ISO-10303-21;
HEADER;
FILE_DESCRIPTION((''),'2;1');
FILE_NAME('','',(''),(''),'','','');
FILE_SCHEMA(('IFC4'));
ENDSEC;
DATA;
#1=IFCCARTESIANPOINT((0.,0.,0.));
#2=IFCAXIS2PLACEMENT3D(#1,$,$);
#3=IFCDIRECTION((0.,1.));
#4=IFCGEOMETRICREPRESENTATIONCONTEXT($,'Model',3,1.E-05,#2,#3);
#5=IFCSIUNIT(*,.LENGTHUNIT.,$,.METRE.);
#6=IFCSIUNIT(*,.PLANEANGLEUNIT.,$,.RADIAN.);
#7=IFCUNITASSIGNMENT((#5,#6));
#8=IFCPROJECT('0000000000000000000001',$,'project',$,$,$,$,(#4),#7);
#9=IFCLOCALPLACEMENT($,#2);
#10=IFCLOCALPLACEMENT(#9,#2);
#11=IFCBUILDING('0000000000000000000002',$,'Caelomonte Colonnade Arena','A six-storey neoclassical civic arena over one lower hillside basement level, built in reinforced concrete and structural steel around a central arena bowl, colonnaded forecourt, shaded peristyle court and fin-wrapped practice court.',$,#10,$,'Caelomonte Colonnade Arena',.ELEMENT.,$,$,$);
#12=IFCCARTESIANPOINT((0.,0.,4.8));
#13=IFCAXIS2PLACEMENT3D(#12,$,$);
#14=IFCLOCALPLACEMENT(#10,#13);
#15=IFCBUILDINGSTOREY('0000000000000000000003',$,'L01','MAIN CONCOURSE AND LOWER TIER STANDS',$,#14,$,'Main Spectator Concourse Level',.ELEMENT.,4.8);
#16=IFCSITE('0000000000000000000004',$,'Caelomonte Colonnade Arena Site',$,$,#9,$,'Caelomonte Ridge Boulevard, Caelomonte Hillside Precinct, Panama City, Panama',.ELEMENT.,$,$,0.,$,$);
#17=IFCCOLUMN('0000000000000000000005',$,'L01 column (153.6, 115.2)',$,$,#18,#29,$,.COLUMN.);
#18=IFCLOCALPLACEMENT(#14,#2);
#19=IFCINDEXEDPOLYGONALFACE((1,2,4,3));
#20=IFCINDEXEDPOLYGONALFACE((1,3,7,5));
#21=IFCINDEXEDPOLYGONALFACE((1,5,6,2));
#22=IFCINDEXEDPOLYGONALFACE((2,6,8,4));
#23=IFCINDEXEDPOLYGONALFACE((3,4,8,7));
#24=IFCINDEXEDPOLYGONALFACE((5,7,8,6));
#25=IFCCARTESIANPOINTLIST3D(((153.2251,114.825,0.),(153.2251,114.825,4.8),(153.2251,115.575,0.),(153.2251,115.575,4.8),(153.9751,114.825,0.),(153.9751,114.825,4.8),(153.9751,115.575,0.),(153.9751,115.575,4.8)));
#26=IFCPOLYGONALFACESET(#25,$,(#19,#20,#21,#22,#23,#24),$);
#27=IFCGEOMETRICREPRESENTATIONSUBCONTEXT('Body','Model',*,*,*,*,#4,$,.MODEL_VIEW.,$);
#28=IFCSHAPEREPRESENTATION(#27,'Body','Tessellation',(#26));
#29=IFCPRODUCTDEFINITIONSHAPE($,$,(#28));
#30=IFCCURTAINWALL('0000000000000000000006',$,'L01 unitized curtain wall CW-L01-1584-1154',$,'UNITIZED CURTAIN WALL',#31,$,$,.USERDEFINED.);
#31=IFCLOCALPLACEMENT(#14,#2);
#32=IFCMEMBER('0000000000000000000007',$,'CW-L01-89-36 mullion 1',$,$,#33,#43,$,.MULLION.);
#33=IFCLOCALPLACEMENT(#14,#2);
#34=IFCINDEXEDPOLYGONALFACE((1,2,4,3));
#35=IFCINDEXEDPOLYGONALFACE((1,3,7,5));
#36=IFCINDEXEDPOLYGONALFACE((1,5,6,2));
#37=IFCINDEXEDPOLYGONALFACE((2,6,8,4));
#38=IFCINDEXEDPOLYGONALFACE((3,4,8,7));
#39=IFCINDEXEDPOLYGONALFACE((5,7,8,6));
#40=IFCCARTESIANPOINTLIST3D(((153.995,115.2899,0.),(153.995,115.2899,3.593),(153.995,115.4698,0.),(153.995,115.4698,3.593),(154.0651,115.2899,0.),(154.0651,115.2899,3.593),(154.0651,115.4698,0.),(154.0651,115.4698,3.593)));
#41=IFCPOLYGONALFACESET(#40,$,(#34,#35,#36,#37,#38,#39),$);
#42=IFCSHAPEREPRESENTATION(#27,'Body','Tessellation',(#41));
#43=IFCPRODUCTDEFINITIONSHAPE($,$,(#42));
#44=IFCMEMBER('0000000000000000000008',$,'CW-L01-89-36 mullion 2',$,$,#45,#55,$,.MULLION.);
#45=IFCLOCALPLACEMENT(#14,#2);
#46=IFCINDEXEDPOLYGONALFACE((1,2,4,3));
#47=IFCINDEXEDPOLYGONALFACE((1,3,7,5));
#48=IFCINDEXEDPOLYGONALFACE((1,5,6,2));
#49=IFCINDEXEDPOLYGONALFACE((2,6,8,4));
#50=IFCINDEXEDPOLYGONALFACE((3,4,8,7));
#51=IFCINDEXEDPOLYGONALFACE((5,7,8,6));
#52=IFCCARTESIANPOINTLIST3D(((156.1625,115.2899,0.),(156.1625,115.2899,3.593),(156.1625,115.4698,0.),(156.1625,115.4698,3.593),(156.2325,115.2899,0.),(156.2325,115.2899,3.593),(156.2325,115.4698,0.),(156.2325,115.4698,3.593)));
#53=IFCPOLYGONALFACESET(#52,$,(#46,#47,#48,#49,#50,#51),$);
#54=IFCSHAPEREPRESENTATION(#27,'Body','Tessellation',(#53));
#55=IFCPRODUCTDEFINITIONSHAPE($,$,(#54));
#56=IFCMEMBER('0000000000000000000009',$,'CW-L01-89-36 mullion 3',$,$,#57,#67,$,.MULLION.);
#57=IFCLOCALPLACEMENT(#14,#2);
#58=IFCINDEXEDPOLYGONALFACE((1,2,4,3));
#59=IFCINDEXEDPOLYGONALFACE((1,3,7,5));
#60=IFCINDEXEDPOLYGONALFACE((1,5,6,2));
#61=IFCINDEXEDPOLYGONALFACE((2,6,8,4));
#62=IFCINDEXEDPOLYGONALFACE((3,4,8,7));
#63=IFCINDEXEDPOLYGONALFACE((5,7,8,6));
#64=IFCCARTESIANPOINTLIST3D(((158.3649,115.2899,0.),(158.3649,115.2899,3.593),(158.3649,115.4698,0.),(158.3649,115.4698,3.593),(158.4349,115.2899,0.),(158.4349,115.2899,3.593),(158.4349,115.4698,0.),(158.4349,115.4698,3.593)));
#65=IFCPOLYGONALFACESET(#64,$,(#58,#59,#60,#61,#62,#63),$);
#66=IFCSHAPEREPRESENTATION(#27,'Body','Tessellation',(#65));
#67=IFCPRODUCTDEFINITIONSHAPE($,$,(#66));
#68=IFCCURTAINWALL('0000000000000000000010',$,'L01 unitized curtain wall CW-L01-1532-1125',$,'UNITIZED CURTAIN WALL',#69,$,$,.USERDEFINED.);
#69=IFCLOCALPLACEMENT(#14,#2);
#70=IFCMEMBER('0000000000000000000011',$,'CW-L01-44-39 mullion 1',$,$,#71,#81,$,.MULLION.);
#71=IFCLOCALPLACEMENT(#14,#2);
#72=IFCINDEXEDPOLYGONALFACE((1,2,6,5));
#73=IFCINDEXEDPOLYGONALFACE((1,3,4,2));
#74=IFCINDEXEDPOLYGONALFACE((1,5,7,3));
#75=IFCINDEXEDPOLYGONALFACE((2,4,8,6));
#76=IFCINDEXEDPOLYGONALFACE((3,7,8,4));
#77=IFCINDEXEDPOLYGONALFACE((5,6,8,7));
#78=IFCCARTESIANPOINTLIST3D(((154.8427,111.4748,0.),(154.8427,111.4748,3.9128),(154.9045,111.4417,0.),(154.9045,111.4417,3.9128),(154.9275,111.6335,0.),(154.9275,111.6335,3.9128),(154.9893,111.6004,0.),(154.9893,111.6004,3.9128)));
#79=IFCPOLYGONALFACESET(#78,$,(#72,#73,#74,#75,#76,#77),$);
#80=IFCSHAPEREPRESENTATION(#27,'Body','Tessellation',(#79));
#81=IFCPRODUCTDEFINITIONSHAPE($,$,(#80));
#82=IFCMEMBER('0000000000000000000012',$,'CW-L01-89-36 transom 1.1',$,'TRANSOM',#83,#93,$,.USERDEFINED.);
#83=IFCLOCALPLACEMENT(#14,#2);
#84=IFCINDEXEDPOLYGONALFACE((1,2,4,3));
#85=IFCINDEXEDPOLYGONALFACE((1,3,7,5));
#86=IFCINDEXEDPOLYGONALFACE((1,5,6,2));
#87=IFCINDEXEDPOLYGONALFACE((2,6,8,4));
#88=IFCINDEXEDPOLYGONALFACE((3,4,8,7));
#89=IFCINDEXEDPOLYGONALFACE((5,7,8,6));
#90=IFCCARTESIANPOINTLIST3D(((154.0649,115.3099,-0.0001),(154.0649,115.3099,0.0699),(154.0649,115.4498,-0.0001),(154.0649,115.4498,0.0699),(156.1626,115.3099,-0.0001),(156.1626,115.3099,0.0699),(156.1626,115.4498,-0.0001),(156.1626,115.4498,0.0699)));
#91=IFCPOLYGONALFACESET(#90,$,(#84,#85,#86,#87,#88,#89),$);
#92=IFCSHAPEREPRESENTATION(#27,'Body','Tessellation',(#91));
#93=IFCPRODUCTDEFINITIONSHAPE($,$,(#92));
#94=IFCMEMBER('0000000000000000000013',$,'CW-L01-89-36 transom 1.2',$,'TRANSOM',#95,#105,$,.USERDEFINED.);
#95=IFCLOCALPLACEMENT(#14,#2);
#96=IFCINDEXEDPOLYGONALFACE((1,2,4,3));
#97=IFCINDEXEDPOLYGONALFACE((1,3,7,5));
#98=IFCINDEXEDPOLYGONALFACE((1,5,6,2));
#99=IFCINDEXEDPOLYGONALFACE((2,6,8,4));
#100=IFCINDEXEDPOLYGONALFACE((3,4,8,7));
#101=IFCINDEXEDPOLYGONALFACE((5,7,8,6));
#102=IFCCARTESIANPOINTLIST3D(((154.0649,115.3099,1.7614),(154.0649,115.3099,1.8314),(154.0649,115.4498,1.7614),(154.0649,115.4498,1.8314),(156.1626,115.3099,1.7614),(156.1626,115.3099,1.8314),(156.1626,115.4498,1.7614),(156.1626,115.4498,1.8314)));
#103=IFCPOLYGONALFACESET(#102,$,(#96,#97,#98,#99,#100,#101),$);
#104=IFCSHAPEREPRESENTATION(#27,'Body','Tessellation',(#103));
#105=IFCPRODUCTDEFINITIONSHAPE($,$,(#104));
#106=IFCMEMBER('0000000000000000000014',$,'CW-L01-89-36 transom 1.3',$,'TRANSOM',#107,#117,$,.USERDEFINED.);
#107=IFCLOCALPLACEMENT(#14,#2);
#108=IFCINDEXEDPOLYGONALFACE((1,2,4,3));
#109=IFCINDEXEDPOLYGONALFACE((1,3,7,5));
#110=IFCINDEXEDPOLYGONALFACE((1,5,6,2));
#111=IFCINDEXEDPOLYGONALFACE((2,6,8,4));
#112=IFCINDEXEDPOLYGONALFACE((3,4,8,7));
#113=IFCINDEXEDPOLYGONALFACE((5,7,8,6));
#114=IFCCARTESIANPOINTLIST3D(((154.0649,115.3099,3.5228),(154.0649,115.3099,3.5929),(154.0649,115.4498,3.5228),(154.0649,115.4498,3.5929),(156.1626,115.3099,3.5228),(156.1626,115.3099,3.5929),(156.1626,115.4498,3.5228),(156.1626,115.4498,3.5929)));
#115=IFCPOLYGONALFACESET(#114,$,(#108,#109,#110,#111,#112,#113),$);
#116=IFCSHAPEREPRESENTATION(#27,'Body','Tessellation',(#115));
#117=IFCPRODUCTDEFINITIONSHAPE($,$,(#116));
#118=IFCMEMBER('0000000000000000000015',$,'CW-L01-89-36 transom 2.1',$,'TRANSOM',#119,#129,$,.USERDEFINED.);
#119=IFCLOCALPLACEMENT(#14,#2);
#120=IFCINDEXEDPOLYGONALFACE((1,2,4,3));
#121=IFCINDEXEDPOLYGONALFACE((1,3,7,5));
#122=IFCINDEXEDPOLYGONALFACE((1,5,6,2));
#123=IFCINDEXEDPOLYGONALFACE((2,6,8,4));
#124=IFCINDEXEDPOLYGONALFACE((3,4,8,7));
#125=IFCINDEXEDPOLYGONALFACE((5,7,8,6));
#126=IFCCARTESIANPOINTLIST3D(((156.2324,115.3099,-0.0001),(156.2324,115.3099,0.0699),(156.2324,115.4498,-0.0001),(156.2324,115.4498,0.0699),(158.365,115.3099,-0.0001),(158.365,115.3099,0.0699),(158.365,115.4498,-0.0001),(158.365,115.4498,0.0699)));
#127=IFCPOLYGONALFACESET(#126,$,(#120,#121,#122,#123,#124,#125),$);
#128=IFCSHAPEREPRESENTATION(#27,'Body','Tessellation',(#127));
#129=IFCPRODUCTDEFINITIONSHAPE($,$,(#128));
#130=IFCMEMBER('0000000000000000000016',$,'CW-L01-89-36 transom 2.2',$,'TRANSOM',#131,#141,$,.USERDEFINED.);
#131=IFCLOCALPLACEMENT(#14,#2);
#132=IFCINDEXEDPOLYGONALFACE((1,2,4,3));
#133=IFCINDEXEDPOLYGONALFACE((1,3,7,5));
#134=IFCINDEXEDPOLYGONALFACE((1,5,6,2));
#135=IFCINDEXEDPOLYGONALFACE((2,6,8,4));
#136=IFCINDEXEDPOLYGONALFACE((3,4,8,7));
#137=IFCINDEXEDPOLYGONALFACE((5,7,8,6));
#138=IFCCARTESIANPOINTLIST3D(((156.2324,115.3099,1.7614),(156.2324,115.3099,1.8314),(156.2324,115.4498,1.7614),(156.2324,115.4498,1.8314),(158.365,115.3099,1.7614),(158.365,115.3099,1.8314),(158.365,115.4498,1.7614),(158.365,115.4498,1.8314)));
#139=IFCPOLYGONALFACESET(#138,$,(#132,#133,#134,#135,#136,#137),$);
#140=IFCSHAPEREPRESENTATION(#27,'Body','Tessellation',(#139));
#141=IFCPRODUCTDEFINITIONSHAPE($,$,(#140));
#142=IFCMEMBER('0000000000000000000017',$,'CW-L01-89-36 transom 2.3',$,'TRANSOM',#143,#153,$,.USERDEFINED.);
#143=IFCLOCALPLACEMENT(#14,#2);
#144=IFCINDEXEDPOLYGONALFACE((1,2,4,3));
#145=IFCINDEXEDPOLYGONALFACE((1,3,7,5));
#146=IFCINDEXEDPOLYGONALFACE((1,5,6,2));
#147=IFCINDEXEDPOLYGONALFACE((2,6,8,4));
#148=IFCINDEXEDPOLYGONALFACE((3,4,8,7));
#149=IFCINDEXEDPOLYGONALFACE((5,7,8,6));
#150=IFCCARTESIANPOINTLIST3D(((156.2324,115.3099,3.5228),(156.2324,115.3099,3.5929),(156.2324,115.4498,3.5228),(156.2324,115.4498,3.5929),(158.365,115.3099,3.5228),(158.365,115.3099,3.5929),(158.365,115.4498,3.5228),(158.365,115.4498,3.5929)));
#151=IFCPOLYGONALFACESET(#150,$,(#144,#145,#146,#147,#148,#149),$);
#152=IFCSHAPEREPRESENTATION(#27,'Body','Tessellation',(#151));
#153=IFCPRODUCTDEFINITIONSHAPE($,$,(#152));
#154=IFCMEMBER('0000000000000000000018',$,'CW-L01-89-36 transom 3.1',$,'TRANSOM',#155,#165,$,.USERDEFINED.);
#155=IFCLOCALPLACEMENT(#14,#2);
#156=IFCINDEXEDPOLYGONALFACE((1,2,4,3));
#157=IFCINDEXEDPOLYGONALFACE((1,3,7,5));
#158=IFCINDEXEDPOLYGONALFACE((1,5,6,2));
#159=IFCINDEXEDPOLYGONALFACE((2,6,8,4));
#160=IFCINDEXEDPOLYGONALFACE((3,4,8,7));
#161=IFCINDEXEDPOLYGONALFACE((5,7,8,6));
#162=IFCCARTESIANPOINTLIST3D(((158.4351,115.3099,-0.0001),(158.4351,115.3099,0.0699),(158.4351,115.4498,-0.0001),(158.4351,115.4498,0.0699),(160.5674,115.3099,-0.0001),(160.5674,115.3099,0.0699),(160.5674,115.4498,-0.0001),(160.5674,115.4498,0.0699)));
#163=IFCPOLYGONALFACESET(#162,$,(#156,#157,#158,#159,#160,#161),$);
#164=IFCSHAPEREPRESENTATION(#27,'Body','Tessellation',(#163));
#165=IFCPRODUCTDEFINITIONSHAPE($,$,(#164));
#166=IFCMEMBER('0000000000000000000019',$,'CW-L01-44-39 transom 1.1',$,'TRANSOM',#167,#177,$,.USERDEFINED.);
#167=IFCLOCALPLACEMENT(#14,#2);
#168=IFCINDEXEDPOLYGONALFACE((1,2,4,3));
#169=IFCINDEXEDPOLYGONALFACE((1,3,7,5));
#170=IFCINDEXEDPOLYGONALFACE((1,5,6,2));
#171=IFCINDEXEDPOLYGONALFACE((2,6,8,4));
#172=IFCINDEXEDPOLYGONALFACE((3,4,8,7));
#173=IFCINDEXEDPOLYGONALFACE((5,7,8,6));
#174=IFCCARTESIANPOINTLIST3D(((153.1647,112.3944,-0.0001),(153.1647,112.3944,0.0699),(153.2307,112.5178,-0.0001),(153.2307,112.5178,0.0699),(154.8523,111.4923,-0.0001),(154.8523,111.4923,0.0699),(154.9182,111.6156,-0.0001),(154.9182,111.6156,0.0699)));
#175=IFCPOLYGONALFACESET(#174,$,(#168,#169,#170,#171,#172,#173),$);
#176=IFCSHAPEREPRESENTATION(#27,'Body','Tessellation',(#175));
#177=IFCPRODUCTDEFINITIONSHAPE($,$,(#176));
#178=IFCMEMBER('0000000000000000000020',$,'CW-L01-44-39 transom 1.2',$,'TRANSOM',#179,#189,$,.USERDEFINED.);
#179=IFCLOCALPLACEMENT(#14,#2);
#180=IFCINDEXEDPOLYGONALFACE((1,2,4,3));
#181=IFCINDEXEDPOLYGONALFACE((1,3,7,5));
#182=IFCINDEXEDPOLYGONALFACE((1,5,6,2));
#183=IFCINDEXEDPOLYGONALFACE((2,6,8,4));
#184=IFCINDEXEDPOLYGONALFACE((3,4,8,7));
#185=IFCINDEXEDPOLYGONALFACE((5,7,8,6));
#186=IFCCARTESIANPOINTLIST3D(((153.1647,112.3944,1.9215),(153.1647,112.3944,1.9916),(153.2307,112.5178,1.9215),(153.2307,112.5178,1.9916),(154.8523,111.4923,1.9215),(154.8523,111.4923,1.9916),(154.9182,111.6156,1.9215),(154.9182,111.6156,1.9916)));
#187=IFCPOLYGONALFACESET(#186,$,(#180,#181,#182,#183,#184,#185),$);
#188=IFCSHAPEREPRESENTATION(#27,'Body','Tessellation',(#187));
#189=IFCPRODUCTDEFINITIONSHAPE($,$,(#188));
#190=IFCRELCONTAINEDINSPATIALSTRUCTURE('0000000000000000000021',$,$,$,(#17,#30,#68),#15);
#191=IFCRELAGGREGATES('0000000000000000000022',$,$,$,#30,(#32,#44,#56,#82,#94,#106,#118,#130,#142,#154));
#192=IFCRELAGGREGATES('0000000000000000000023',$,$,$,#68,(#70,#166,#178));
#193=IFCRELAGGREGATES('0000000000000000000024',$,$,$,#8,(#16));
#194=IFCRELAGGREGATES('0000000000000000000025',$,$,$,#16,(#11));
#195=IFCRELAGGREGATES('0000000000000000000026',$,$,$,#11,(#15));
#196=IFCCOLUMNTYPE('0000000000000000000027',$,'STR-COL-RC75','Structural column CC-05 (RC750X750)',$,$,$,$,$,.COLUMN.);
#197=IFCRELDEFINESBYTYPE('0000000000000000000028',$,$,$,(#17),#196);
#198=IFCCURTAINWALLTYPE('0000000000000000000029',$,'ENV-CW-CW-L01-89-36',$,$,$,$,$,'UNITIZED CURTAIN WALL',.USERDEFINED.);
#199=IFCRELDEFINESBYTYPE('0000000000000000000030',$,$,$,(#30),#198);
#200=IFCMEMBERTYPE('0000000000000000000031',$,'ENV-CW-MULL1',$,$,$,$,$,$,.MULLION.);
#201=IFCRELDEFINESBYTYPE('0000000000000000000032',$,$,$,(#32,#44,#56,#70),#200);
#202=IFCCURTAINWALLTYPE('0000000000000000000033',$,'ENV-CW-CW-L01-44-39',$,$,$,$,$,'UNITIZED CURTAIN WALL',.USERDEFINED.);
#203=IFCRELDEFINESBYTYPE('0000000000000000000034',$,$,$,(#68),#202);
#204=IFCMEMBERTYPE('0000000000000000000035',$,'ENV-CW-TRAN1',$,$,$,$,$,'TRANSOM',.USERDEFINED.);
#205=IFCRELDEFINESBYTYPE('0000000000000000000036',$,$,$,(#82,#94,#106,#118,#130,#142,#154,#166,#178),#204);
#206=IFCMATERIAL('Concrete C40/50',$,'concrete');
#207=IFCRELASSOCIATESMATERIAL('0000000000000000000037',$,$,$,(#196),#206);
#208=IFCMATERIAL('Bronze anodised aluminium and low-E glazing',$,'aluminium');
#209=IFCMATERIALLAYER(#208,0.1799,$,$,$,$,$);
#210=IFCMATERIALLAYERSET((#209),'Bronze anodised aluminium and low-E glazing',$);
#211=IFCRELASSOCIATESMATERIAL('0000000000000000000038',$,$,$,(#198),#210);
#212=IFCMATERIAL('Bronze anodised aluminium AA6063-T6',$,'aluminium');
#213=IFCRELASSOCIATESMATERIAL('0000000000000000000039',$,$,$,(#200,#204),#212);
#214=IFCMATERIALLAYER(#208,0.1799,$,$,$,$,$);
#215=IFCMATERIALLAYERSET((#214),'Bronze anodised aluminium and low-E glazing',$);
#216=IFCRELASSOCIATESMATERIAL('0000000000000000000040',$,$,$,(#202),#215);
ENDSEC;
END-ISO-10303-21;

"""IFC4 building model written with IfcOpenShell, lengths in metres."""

from ifc_helpers import new_model, si_unit, direction, frame, origin, origin_2d, place, context, subcontext, project, spatial, rectangle, extrude, material, layer, layer_set, material_profile, profile_set, type_object, element, aggregate, save


model = new_model("IFC4")

# Units and contexts
model_context = context("Model", 3, precision=1e-05, world=origin(), true_north=direction((0.0, 1.0)))
body_context = subcontext(model_context, "Body", "Model", "MODEL_VIEW")
ifc_project = project(units=[si_unit("LENGTHUNIT", "METRE"), si_unit("PLANEANGLEUNIT", "RADIAN")], contexts=[model_context])

# Site, building, storey
site_placement = place(None, origin())
site = spatial("IfcSite", under=ifc_project, at=site_placement, Name="Caelomonte Colonnade Arena Site", LongName="Caelomonte Ridge Boulevard, Caelomonte Hillside Precinct, Panama City, Panama", CompositionType="ELEMENT", RefElevation=0.0)
building_placement = place(site_placement, origin())
building = spatial("IfcBuilding", under=site, at=building_placement, Name="Caelomonte Colonnade Arena", Description="A six-storey neoclassical civic arena over one lower hillside basement level, built in reinforced concrete and structural steel around a central arena bowl, colonnaded forecourt, shaded peristyle court and fin-wrapped practice court.", LongName="Caelomonte Colonnade Arena", CompositionType="ELEMENT")
storey_placement = place(building_placement, frame((0.0, 0.0, 4.8)))
storey = spatial("IfcBuildingStorey", under=building, at=storey_placement, Name="L01", Description="MAIN CONCOURSE AND LOWER TIER STANDS", LongName="Main Spectator Concourse Level", CompositionType="ELEMENT", Elevation=4.8)

# Column
ifc_material_1 = material(Name="Concrete C40/50", Category="concrete")
ifc_material_profile_1 = material_profile(ifc_material_1, rectangle(XDim=0.75, YDim=0.75, at=origin_2d()), Name="RC750X750")
ifc_profile_set_1 = profile_set([ifc_material_profile_1], Name="Concrete C40/50")
column_type = type_object("IfcColumnType", Name="STR-COL-RC75", Description="Structural column CC-05 (RC750X750)", PredefinedType="COLUMN", material=ifc_profile_set_1)
column_placement = place(storey_placement, frame((153.6001, 115.2, 0.0), z_axis=(0.0, 0.0, 1.0), x_axis=(1.0, 0.0, 0.0)))
element("IfcColumn", 1, at=column_placement, inside=storey, type_object=column_type, Name="L01 column (153.6, 115.2)", PredefinedType="COLUMN", context=body_context, shape_type="SweptSolid", body=[
    extrude(rectangle(XDim=0.75, YDim=0.75, at=origin_2d()), origin(), (0.0, 0.0, 1.0), 4.8),
])

# Curtain wall, members
ifc_material_2 = material(Name="Bronze anodised aluminium and low-E glazing", Category="aluminium")
ifc_layer_1 = layer(ifc_material_2, 0.1799)
ifc_layer_set_1 = layer_set([ifc_layer_1], Name="Bronze anodised aluminium and low-E glazing")
curtain_wall_type_1 = type_object("IfcCurtainWallType", Name="ENV-CW-CW-L01-89-36", ElementType="UNITIZED CURTAIN WALL", PredefinedType="USERDEFINED", material=ifc_layer_set_1)
curtain_wall_1_placement = place(storey_placement, origin())
curtain_wall_1 = element("IfcCurtainWall", 2, at=curtain_wall_1_placement, inside=storey, type_object=curtain_wall_type_1, Name="L01 unitized curtain wall CW-L01-1584-1154", ObjectType="UNITIZED CURTAIN WALL", PredefinedType="USERDEFINED")
ifc_material_3 = material(Name="Bronze anodised aluminium AA6063-T6", Category="aluminium")
ifc_material_profile_2 = material_profile(ifc_material_3, rectangle(XDim=0.0701, YDim=0.1799, at=origin_2d()), Name="CWM-70X180")
ifc_profile_set_2 = profile_set([ifc_material_profile_2], Name="Bronze anodised aluminium AA6063-T6")
member_type_1 = type_object("IfcMemberType", Name="ENV-CW-MULL1", PredefinedType="MULLION", material=ifc_profile_set_2)
member_1_placement = place(storey_placement, frame((154.03, 115.3799, 0.0), z_axis=(0.0, 0.0, 1.0), x_axis=(1.0, 0.0, 0.0)))
member_1 = element("IfcMember", 3, at=member_1_placement, type_object=member_type_1, Name="CW-L01-89-36 mullion 1", PredefinedType="MULLION", context=body_context, shape_type="SweptSolid", body=[
    extrude(rectangle(XDim=0.0701, YDim=0.1799, at=origin_2d()), origin(), (0.0, 0.0, 1.0), 3.593),
])
member_2_placement = place(storey_placement, frame((156.1975, 115.3799, 0.0), z_axis=(0.0, 0.0, 1.0), x_axis=(1.0, 0.0, 0.0)))
member_2 = element("IfcMember", 4, at=member_2_placement, type_object=member_type_1, Name="CW-L01-89-36 mullion 2", PredefinedType="MULLION", context=body_context, shape_type="SweptSolid", body=[
    extrude(rectangle(XDim=0.0701, YDim=0.1799, at=origin_2d()), origin(), (0.0, 0.0, 1.0), 3.593),
])
member_3_placement = place(storey_placement, frame((158.3999, 115.3799, 0.0), z_axis=(0.0, 0.0, 1.0), x_axis=(1.0, 0.0, 0.0)))
member_3 = element("IfcMember", 5, at=member_3_placement, type_object=member_type_1, Name="CW-L01-89-36 mullion 3", PredefinedType="MULLION", context=body_context, shape_type="SweptSolid", body=[
    extrude(rectangle(XDim=0.0701, YDim=0.1799, at=origin_2d()), origin(), (0.0, 0.0, 1.0), 3.593),
])

# Curtain wall, member
ifc_layer_2 = layer(ifc_material_2, 0.1799)
ifc_layer_set_2 = layer_set([ifc_layer_2], Name="Bronze anodised aluminium and low-E glazing")
curtain_wall_type_2 = type_object("IfcCurtainWallType", Name="ENV-CW-CW-L01-44-39", ElementType="UNITIZED CURTAIN WALL", PredefinedType="USERDEFINED", material=ifc_layer_set_2)
curtain_wall_2_placement = place(storey_placement, origin())
curtain_wall_2 = element("IfcCurtainWall", 6, at=curtain_wall_2_placement, inside=storey, type_object=curtain_wall_type_2, Name="L01 unitized curtain wall CW-L01-1532-1125", ObjectType="UNITIZED CURTAIN WALL", PredefinedType="USERDEFINED")
member_4_placement = place(storey_placement, frame((154.916, 111.5376, 0.0), z_axis=(0.0, 0.0, 1.0), x_axis=(-0.881923, 0.471394, 0.0)))
member_4 = element("IfcMember", 7, at=member_4_placement, type_object=member_type_1, Name="CW-L01-44-39 mullion 1", PredefinedType="MULLION", context=body_context, shape_type="SweptSolid", body=[
    extrude(rectangle(XDim=0.0701, YDim=0.1799, at=origin_2d()), origin(), (0.0, 0.0, 1.0), 3.9128),
])

# Members
ifc_material_profile_3 = material_profile(ifc_material_3, rectangle(XDim=0.0701, YDim=0.1399, at=origin_2d()), Name="CWT-70X140")
ifc_profile_set_3 = profile_set([ifc_material_profile_3], Name="Bronze anodised aluminium AA6063-T6")
member_type_2 = type_object("IfcMemberType", Name="ENV-CW-TRAN1", ElementType="TRANSOM", PredefinedType="USERDEFINED", material=ifc_profile_set_3)
member_5_placement = place(storey_placement, frame((154.0649, 115.3799, 0.0349), z_axis=(1.0, 0.0, 0.0), x_axis=(0.0, 0.0, 1.0)))
member_5 = element("IfcMember", 8, at=member_5_placement, type_object=member_type_2, Name="CW-L01-89-36 transom 1.1", ObjectType="TRANSOM", PredefinedType="USERDEFINED", context=body_context, shape_type="SweptSolid", body=[
    extrude(rectangle(XDim=0.0701, YDim=0.1399, at=origin_2d()), origin(), (0.0, 0.0, 1.0), 2.0977),
])
member_6_placement = place(storey_placement, frame((154.0649, 115.3799, 1.7964), z_axis=(1.0, 0.0, 0.0), x_axis=(0.0, 0.0, 1.0)))
member_6 = element("IfcMember", 9, at=member_6_placement, type_object=member_type_2, Name="CW-L01-89-36 transom 1.2", ObjectType="TRANSOM", PredefinedType="USERDEFINED", context=body_context, shape_type="SweptSolid", body=[
    extrude(rectangle(XDim=0.0701, YDim=0.1399, at=origin_2d()), origin(), (0.0, 0.0, 1.0), 2.0977),
])
member_7_placement = place(storey_placement, frame((154.0649, 115.3799, 3.5579), z_axis=(1.0, 0.0, 0.0), x_axis=(0.0, 0.0, 1.0)))
member_7 = element("IfcMember", 10, at=member_7_placement, type_object=member_type_2, Name="CW-L01-89-36 transom 1.3", ObjectType="TRANSOM", PredefinedType="USERDEFINED", context=body_context, shape_type="SweptSolid", body=[
    extrude(rectangle(XDim=0.0701, YDim=0.1399, at=origin_2d()), origin(), (0.0, 0.0, 1.0), 2.0977),
])
member_8_placement = place(storey_placement, frame((156.2324, 115.3799, 0.0349), z_axis=(1.0, 0.0, 0.0), x_axis=(0.0, 0.0, 1.0)))
member_8 = element("IfcMember", 11, at=member_8_placement, type_object=member_type_2, Name="CW-L01-89-36 transom 2.1", ObjectType="TRANSOM", PredefinedType="USERDEFINED", context=body_context, shape_type="SweptSolid", body=[
    extrude(rectangle(XDim=0.0701, YDim=0.1399, at=origin_2d()), origin(), (0.0, 0.0, 1.0), 2.1326),
])
member_9_placement = place(storey_placement, frame((156.2324, 115.3799, 1.7964), z_axis=(1.0, 0.0, 0.0), x_axis=(0.0, 0.0, 1.0)))
member_9 = element("IfcMember", 12, at=member_9_placement, type_object=member_type_2, Name="CW-L01-89-36 transom 2.2", ObjectType="TRANSOM", PredefinedType="USERDEFINED", context=body_context, shape_type="SweptSolid", body=[
    extrude(rectangle(XDim=0.0701, YDim=0.1399, at=origin_2d()), origin(), (0.0, 0.0, 1.0), 2.1326),
])
member_10_placement = place(storey_placement, frame((156.2324, 115.3799, 3.5579), z_axis=(1.0, 0.0, 0.0), x_axis=(0.0, 0.0, 1.0)))
member_10 = element("IfcMember", 13, at=member_10_placement, type_object=member_type_2, Name="CW-L01-89-36 transom 2.3", ObjectType="TRANSOM", PredefinedType="USERDEFINED", context=body_context, shape_type="SweptSolid", body=[
    extrude(rectangle(XDim=0.0701, YDim=0.1399, at=origin_2d()), origin(), (0.0, 0.0, 1.0), 2.1326),
])
member_11_placement = place(storey_placement, frame((158.4351, 115.3799, 0.0349), z_axis=(1.0, 0.0, 0.0), x_axis=(0.0, 0.0, 1.0)))
member_11 = element("IfcMember", 14, at=member_11_placement, type_object=member_type_2, Name="CW-L01-89-36 transom 3.1", ObjectType="TRANSOM", PredefinedType="USERDEFINED", context=body_context, shape_type="SweptSolid", body=[
    extrude(rectangle(XDim=0.0701, YDim=0.1399, at=origin_2d()), origin(), (0.0, 0.0, 1.0), 2.1323),
])
member_12_placement = place(storey_placement, frame((154.8853, 111.554, 0.0349), z_axis=(-0.881897, 0.471442, 0.0), x_axis=(0.0, 0.0, 1.0)))
member_12 = element("IfcMember", 15, at=member_12_placement, type_object=member_type_2, Name="CW-L01-44-39 transom 1.1", ObjectType="TRANSOM", PredefinedType="USERDEFINED", context=body_context, shape_type="SweptSolid", body=[
    extrude(rectangle(XDim=0.0701, YDim=0.1399, at=origin_2d()), origin(), (0.0, 0.0, 1.0), 1.9136),
])
member_13_placement = place(storey_placement, frame((154.8853, 111.554, 1.9565), z_axis=(-0.881897, 0.471442, 0.0), x_axis=(0.0, 0.0, 1.0)))
member_13 = element("IfcMember", 16, at=member_13_placement, type_object=member_type_2, Name="CW-L01-44-39 transom 1.2", ObjectType="TRANSOM", PredefinedType="USERDEFINED", context=body_context, shape_type="SweptSolid", body=[
    extrude(rectangle(XDim=0.0701, YDim=0.1399, at=origin_2d()), origin(), (0.0, 0.0, 1.0), 1.9136),
])

aggregate(curtain_wall_1, [member_1, member_2, member_3, member_5, member_6, member_7, member_8, member_9, member_10, member_11])
aggregate(curtain_wall_2, [member_4, member_12, member_13])

save(model, "model.ifc")
